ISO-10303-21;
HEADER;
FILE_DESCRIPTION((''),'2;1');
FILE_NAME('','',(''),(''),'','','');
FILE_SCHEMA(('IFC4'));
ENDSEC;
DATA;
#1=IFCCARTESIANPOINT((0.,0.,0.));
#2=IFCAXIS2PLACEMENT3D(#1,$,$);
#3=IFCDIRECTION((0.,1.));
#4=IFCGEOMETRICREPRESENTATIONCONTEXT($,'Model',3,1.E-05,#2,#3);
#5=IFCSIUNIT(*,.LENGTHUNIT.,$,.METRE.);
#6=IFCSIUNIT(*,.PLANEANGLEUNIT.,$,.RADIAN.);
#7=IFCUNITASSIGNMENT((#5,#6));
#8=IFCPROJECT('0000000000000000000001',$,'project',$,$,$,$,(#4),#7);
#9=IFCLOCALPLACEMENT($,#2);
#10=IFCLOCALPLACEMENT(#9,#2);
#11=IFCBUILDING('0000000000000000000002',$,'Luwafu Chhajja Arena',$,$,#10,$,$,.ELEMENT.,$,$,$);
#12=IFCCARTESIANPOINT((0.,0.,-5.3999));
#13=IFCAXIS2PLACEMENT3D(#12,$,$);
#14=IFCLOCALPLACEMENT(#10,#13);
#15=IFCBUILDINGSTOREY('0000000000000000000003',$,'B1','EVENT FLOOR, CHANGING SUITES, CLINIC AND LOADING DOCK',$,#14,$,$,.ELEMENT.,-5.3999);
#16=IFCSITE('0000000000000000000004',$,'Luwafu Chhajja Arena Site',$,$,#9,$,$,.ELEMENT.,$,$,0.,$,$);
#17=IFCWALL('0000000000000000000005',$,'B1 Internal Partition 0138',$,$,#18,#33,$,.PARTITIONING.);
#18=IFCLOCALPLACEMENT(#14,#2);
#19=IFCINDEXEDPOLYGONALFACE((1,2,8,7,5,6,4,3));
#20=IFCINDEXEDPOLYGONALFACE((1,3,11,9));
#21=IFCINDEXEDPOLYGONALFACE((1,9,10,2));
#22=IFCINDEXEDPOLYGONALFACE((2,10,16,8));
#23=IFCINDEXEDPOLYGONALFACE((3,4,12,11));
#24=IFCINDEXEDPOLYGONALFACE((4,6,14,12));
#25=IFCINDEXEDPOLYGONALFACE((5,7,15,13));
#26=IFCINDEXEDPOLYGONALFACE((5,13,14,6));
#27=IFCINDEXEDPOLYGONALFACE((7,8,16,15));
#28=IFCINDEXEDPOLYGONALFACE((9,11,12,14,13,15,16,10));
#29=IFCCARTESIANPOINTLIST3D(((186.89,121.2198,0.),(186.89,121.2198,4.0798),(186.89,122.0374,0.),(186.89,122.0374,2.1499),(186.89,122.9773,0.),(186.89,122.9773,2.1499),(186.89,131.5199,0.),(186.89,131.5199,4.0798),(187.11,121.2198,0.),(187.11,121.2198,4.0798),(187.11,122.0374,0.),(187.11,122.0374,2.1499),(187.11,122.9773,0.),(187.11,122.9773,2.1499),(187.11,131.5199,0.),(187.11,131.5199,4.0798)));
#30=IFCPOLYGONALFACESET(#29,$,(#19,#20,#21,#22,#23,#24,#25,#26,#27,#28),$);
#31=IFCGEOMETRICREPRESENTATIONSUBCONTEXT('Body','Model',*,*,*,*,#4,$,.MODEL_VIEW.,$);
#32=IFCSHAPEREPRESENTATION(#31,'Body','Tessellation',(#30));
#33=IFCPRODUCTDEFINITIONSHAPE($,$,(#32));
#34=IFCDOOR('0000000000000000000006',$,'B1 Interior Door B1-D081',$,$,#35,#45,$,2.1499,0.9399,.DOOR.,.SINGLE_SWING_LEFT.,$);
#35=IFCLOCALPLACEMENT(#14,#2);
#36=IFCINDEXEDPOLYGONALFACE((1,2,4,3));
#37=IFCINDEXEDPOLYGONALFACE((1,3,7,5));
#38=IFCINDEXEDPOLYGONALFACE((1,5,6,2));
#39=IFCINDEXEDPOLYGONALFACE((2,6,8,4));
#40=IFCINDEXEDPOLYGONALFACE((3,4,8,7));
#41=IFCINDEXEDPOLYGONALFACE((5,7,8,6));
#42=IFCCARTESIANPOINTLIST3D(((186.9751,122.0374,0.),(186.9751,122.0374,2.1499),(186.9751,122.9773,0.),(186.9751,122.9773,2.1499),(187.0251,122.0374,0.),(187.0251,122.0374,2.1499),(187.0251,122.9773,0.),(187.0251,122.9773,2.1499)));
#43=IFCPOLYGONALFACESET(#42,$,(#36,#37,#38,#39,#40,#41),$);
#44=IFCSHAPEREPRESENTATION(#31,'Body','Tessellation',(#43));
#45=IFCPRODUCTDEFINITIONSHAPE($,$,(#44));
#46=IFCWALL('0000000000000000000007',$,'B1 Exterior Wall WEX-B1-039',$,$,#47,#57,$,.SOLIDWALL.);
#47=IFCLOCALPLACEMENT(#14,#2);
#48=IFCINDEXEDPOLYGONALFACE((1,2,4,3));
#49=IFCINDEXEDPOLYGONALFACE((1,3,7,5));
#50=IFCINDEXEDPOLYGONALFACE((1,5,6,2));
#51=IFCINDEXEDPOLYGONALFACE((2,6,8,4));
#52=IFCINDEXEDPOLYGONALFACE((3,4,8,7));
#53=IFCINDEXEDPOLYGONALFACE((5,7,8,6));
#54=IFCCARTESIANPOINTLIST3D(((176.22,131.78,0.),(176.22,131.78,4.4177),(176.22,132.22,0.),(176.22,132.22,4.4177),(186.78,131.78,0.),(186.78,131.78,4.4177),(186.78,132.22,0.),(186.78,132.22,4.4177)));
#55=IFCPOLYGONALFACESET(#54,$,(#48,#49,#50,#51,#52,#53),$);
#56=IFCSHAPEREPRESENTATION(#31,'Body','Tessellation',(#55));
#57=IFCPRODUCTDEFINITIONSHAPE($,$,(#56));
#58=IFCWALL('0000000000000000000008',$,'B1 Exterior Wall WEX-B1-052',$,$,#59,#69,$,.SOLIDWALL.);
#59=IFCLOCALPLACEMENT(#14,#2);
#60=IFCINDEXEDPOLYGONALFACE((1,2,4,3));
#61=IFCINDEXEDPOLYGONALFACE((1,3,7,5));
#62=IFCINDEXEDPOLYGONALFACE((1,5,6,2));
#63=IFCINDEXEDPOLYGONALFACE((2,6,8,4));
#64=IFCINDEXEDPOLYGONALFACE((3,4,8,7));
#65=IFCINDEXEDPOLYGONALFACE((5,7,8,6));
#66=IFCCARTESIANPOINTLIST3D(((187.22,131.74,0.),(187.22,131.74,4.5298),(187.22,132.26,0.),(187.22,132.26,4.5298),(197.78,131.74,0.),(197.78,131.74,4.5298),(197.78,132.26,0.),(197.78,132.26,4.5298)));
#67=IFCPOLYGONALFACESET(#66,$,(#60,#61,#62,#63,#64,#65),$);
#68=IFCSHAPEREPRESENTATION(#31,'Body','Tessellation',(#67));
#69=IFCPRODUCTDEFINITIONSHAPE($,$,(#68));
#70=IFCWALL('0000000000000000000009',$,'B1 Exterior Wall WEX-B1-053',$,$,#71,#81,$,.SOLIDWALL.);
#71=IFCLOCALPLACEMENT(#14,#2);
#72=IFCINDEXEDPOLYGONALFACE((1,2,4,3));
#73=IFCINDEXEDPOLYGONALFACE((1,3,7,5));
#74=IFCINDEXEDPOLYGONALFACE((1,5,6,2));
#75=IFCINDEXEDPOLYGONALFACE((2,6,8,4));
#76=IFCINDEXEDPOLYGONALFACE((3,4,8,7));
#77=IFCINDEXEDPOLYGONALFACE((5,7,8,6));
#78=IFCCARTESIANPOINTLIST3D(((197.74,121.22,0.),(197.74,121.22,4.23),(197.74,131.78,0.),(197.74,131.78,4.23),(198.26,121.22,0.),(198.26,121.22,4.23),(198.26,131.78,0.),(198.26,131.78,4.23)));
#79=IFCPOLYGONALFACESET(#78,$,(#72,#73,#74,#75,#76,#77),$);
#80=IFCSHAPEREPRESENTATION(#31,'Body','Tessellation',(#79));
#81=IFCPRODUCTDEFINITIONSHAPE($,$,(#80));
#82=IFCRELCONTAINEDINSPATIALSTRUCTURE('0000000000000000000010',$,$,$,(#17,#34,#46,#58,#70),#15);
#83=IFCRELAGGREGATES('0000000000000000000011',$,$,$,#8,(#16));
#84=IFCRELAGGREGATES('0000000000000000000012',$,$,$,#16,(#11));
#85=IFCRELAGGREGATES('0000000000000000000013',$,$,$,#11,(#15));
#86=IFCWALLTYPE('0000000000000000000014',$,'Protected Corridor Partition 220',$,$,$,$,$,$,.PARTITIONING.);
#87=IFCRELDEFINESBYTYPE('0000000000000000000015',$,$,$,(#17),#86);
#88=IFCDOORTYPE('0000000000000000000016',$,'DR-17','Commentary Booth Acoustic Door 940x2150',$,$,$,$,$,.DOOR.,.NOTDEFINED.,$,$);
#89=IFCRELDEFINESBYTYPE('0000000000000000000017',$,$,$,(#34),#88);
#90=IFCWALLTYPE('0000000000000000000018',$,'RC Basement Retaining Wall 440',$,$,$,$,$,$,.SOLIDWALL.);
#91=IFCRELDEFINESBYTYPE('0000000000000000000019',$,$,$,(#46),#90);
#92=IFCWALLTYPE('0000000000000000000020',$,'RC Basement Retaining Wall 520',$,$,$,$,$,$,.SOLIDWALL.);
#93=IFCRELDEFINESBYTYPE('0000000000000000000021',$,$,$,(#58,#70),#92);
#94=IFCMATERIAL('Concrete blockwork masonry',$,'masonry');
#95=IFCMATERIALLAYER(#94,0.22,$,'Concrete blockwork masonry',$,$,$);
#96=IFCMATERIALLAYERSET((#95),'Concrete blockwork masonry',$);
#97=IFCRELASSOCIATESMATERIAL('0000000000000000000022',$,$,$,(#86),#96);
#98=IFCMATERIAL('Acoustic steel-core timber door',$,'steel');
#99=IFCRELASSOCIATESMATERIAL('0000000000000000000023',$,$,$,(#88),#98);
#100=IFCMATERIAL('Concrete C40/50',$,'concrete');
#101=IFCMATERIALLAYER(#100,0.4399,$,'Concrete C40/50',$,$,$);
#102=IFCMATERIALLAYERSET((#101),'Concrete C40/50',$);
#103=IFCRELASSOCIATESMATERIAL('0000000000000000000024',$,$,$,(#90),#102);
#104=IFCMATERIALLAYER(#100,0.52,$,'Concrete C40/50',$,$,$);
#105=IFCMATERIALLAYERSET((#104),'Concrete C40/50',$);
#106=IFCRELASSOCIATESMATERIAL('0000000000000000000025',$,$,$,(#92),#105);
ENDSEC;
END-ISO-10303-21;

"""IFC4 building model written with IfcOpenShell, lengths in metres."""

from ifc_helpers import new_model, si_unit, direction, frame, frame_2d, origin, place, context, subcontext, project, spatial, rectangle, extrude, material, layer, layer_set, type_object, element, fill, save


model = new_model("IFC4")

# Units and contexts
model_context = context("Model", 3, precision=1e-05, world=origin(), true_north=direction((0.0, 1.0)))
body_context = subcontext(model_context, "Body", "Model", "MODEL_VIEW")
ifc_project = project(units=[si_unit("LENGTHUNIT", "METRE"), si_unit("PLANEANGLEUNIT", "RADIAN")], contexts=[model_context])

# Site, building, storey
site_placement = place(None, origin())
site = spatial("IfcSite", under=ifc_project, at=site_placement, Name="Luwafu Chhajja Arena Site", CompositionType="ELEMENT", RefElevation=0.0)
building_placement = place(site_placement, origin())
building = spatial("IfcBuilding", under=site, at=building_placement, Name="Luwafu Chhajja Arena", CompositionType="ELEMENT")
storey_placement = place(building_placement, frame((0.0, 0.0, -5.3999)))
storey = spatial("IfcBuildingStorey", under=building, at=storey_placement, Name="B1", Description="EVENT FLOOR, CHANGING SUITES, CLINIC AND LOADING DOCK", CompositionType="ELEMENT", Elevation=-5.3999)

# Wall, opening, door
ifc_material_1 = material(Name="Concrete blockwork masonry", Category="masonry")
ifc_layer_1 = layer(ifc_material_1, 0.22, Name="Concrete blockwork masonry")
ifc_layer_set_1 = layer_set([ifc_layer_1], Name="Concrete blockwork masonry")
wall_type_1 = type_object("IfcWallType", Name="Protected Corridor Partition 220", PredefinedType="PARTITIONING", material=ifc_layer_set_1)
wall_1_placement = place(storey_placement, frame((187.0, 121.22, 0.0), z_axis=(0.0, 0.0, 1.0), x_axis=(0.0, 1.0, 0.0)))
wall_1 = element("IfcWall", 1, at=wall_1_placement, inside=storey, type_object=wall_type_1, Name="B1 Internal Partition 0138", PredefinedType="PARTITIONING", context=body_context, shape_type="SweptSolid", body=[
    extrude(rectangle(XDim=10.3, YDim=0.22, at=frame_2d((5.1499, 0.0))), origin(), (0.0, 0.0, 1.0), 4.0798),
])
opening_1_placement = place(wall_1_placement, frame((0.8174, 0.0, 0.0)))
opening_1 = element("IfcOpeningElement", 2, at=opening_1_placement, cuts=wall_1, PredefinedType="OPENING", context=body_context, shape_type="SweptSolid", body=[
    extrude(rectangle(XDim=0.9399, YDim=2.1499, at=frame_2d((0.47, 1.075))), frame((0.0, 0.1199, 0.0), z_axis=(0.0, -1.0, 0.0), x_axis=(1.0, 0.0, 0.0)), (0.0, 0.0, 1.0), 0.24),
])
ifc_material_2 = material(Name="Acoustic steel-core timber door", Category="steel")
door_type_1 = type_object("IfcDoorType", Name="DR-17", Description="Commentary Booth Acoustic Door 940x2150", OperationType="NOTDEFINED", PredefinedType="DOOR", material=ifc_material_2)
door_1_placement = place(opening_1_placement, origin())
door_1 = element("IfcDoor", 3, at=door_1_placement, inside=storey, type_object=door_type_1, Name="B1 Interior Door B1-D081", OperationType="SINGLE_SWING_LEFT", OverallHeight=2.1499, OverallWidth=0.9399, PredefinedType="DOOR", context=body_context, shape_type="SweptSolid", body=[
    extrude(rectangle(XDim=0.9399, YDim=2.1499, at=frame_2d((0.47, 1.075))), frame((0.0, 0.0249, 0.0), z_axis=(0.0, -1.0, 0.0), x_axis=(1.0, 0.0, 0.0)), (0.0, 0.0, 1.0), 0.05),
])
fill(opening_1, door_1)

# Walls
ifc_material_3 = material(Name="Concrete C40/50", Category="concrete")
ifc_layer_2 = layer(ifc_material_3, 0.4399, Name="Concrete C40/50")
ifc_layer_set_2 = layer_set([ifc_layer_2], Name="Concrete C40/50")
wall_type_2 = type_object("IfcWallType", Name="RC Basement Retaining Wall 440", PredefinedType="SOLIDWALL", material=ifc_layer_set_2)
wall_2_placement = place(storey_placement, frame((176.22, 132.0, 0.0), z_axis=(0.0, 0.0, 1.0), x_axis=(1.0, 0.0, 0.0)))
element("IfcWall", 4, at=wall_2_placement, inside=storey, type_object=wall_type_2, Name="B1 Exterior Wall WEX-B1-039", PredefinedType="SOLIDWALL", context=body_context, shape_type="SweptSolid", body=[
    extrude(rectangle(XDim=10.5601, YDim=0.4399, at=frame_2d((5.28, 0.0))), origin(), (0.0, 0.0, 1.0), 4.4177),
])
ifc_layer_3 = layer(ifc_material_3, 0.52, Name="Concrete C40/50")
ifc_layer_set_3 = layer_set([ifc_layer_3], Name="Concrete C40/50")
wall_type_3 = type_object("IfcWallType", Name="RC Basement Retaining Wall 520", PredefinedType="SOLIDWALL", material=ifc_layer_set_3)
wall_3_placement = place(storey_placement, frame((187.22, 132.0, 0.0), z_axis=(0.0, 0.0, 1.0), x_axis=(1.0, 0.0, 0.0)))
element("IfcWall", 5, at=wall_3_placement, inside=storey, type_object=wall_type_3, Name="B1 Exterior Wall WEX-B1-052", PredefinedType="SOLIDWALL", context=body_context, shape_type="SweptSolid", body=[
    extrude(rectangle(XDim=10.5601, YDim=0.52, at=frame_2d((5.28, 0.0))), origin(), (0.0, 0.0, 1.0), 4.5298),
])
wall_4_placement = place(storey_placement, frame((198.0, 121.22, 0.0), z_axis=(0.0, 0.0, 1.0), x_axis=(0.0, 1.0, 0.0)))
element("IfcWall", 6, at=wall_4_placement, inside=storey, type_object=wall_type_3, Name="B1 Exterior Wall WEX-B1-053", PredefinedType="SOLIDWALL", context=body_context, shape_type="SweptSolid", body=[
    extrude(rectangle(XDim=10.5601, YDim=0.52, at=frame_2d((5.28, 0.0))), origin(), (0.0, 0.0, 1.0), 4.23),
])

save(model, "model.ifc")
